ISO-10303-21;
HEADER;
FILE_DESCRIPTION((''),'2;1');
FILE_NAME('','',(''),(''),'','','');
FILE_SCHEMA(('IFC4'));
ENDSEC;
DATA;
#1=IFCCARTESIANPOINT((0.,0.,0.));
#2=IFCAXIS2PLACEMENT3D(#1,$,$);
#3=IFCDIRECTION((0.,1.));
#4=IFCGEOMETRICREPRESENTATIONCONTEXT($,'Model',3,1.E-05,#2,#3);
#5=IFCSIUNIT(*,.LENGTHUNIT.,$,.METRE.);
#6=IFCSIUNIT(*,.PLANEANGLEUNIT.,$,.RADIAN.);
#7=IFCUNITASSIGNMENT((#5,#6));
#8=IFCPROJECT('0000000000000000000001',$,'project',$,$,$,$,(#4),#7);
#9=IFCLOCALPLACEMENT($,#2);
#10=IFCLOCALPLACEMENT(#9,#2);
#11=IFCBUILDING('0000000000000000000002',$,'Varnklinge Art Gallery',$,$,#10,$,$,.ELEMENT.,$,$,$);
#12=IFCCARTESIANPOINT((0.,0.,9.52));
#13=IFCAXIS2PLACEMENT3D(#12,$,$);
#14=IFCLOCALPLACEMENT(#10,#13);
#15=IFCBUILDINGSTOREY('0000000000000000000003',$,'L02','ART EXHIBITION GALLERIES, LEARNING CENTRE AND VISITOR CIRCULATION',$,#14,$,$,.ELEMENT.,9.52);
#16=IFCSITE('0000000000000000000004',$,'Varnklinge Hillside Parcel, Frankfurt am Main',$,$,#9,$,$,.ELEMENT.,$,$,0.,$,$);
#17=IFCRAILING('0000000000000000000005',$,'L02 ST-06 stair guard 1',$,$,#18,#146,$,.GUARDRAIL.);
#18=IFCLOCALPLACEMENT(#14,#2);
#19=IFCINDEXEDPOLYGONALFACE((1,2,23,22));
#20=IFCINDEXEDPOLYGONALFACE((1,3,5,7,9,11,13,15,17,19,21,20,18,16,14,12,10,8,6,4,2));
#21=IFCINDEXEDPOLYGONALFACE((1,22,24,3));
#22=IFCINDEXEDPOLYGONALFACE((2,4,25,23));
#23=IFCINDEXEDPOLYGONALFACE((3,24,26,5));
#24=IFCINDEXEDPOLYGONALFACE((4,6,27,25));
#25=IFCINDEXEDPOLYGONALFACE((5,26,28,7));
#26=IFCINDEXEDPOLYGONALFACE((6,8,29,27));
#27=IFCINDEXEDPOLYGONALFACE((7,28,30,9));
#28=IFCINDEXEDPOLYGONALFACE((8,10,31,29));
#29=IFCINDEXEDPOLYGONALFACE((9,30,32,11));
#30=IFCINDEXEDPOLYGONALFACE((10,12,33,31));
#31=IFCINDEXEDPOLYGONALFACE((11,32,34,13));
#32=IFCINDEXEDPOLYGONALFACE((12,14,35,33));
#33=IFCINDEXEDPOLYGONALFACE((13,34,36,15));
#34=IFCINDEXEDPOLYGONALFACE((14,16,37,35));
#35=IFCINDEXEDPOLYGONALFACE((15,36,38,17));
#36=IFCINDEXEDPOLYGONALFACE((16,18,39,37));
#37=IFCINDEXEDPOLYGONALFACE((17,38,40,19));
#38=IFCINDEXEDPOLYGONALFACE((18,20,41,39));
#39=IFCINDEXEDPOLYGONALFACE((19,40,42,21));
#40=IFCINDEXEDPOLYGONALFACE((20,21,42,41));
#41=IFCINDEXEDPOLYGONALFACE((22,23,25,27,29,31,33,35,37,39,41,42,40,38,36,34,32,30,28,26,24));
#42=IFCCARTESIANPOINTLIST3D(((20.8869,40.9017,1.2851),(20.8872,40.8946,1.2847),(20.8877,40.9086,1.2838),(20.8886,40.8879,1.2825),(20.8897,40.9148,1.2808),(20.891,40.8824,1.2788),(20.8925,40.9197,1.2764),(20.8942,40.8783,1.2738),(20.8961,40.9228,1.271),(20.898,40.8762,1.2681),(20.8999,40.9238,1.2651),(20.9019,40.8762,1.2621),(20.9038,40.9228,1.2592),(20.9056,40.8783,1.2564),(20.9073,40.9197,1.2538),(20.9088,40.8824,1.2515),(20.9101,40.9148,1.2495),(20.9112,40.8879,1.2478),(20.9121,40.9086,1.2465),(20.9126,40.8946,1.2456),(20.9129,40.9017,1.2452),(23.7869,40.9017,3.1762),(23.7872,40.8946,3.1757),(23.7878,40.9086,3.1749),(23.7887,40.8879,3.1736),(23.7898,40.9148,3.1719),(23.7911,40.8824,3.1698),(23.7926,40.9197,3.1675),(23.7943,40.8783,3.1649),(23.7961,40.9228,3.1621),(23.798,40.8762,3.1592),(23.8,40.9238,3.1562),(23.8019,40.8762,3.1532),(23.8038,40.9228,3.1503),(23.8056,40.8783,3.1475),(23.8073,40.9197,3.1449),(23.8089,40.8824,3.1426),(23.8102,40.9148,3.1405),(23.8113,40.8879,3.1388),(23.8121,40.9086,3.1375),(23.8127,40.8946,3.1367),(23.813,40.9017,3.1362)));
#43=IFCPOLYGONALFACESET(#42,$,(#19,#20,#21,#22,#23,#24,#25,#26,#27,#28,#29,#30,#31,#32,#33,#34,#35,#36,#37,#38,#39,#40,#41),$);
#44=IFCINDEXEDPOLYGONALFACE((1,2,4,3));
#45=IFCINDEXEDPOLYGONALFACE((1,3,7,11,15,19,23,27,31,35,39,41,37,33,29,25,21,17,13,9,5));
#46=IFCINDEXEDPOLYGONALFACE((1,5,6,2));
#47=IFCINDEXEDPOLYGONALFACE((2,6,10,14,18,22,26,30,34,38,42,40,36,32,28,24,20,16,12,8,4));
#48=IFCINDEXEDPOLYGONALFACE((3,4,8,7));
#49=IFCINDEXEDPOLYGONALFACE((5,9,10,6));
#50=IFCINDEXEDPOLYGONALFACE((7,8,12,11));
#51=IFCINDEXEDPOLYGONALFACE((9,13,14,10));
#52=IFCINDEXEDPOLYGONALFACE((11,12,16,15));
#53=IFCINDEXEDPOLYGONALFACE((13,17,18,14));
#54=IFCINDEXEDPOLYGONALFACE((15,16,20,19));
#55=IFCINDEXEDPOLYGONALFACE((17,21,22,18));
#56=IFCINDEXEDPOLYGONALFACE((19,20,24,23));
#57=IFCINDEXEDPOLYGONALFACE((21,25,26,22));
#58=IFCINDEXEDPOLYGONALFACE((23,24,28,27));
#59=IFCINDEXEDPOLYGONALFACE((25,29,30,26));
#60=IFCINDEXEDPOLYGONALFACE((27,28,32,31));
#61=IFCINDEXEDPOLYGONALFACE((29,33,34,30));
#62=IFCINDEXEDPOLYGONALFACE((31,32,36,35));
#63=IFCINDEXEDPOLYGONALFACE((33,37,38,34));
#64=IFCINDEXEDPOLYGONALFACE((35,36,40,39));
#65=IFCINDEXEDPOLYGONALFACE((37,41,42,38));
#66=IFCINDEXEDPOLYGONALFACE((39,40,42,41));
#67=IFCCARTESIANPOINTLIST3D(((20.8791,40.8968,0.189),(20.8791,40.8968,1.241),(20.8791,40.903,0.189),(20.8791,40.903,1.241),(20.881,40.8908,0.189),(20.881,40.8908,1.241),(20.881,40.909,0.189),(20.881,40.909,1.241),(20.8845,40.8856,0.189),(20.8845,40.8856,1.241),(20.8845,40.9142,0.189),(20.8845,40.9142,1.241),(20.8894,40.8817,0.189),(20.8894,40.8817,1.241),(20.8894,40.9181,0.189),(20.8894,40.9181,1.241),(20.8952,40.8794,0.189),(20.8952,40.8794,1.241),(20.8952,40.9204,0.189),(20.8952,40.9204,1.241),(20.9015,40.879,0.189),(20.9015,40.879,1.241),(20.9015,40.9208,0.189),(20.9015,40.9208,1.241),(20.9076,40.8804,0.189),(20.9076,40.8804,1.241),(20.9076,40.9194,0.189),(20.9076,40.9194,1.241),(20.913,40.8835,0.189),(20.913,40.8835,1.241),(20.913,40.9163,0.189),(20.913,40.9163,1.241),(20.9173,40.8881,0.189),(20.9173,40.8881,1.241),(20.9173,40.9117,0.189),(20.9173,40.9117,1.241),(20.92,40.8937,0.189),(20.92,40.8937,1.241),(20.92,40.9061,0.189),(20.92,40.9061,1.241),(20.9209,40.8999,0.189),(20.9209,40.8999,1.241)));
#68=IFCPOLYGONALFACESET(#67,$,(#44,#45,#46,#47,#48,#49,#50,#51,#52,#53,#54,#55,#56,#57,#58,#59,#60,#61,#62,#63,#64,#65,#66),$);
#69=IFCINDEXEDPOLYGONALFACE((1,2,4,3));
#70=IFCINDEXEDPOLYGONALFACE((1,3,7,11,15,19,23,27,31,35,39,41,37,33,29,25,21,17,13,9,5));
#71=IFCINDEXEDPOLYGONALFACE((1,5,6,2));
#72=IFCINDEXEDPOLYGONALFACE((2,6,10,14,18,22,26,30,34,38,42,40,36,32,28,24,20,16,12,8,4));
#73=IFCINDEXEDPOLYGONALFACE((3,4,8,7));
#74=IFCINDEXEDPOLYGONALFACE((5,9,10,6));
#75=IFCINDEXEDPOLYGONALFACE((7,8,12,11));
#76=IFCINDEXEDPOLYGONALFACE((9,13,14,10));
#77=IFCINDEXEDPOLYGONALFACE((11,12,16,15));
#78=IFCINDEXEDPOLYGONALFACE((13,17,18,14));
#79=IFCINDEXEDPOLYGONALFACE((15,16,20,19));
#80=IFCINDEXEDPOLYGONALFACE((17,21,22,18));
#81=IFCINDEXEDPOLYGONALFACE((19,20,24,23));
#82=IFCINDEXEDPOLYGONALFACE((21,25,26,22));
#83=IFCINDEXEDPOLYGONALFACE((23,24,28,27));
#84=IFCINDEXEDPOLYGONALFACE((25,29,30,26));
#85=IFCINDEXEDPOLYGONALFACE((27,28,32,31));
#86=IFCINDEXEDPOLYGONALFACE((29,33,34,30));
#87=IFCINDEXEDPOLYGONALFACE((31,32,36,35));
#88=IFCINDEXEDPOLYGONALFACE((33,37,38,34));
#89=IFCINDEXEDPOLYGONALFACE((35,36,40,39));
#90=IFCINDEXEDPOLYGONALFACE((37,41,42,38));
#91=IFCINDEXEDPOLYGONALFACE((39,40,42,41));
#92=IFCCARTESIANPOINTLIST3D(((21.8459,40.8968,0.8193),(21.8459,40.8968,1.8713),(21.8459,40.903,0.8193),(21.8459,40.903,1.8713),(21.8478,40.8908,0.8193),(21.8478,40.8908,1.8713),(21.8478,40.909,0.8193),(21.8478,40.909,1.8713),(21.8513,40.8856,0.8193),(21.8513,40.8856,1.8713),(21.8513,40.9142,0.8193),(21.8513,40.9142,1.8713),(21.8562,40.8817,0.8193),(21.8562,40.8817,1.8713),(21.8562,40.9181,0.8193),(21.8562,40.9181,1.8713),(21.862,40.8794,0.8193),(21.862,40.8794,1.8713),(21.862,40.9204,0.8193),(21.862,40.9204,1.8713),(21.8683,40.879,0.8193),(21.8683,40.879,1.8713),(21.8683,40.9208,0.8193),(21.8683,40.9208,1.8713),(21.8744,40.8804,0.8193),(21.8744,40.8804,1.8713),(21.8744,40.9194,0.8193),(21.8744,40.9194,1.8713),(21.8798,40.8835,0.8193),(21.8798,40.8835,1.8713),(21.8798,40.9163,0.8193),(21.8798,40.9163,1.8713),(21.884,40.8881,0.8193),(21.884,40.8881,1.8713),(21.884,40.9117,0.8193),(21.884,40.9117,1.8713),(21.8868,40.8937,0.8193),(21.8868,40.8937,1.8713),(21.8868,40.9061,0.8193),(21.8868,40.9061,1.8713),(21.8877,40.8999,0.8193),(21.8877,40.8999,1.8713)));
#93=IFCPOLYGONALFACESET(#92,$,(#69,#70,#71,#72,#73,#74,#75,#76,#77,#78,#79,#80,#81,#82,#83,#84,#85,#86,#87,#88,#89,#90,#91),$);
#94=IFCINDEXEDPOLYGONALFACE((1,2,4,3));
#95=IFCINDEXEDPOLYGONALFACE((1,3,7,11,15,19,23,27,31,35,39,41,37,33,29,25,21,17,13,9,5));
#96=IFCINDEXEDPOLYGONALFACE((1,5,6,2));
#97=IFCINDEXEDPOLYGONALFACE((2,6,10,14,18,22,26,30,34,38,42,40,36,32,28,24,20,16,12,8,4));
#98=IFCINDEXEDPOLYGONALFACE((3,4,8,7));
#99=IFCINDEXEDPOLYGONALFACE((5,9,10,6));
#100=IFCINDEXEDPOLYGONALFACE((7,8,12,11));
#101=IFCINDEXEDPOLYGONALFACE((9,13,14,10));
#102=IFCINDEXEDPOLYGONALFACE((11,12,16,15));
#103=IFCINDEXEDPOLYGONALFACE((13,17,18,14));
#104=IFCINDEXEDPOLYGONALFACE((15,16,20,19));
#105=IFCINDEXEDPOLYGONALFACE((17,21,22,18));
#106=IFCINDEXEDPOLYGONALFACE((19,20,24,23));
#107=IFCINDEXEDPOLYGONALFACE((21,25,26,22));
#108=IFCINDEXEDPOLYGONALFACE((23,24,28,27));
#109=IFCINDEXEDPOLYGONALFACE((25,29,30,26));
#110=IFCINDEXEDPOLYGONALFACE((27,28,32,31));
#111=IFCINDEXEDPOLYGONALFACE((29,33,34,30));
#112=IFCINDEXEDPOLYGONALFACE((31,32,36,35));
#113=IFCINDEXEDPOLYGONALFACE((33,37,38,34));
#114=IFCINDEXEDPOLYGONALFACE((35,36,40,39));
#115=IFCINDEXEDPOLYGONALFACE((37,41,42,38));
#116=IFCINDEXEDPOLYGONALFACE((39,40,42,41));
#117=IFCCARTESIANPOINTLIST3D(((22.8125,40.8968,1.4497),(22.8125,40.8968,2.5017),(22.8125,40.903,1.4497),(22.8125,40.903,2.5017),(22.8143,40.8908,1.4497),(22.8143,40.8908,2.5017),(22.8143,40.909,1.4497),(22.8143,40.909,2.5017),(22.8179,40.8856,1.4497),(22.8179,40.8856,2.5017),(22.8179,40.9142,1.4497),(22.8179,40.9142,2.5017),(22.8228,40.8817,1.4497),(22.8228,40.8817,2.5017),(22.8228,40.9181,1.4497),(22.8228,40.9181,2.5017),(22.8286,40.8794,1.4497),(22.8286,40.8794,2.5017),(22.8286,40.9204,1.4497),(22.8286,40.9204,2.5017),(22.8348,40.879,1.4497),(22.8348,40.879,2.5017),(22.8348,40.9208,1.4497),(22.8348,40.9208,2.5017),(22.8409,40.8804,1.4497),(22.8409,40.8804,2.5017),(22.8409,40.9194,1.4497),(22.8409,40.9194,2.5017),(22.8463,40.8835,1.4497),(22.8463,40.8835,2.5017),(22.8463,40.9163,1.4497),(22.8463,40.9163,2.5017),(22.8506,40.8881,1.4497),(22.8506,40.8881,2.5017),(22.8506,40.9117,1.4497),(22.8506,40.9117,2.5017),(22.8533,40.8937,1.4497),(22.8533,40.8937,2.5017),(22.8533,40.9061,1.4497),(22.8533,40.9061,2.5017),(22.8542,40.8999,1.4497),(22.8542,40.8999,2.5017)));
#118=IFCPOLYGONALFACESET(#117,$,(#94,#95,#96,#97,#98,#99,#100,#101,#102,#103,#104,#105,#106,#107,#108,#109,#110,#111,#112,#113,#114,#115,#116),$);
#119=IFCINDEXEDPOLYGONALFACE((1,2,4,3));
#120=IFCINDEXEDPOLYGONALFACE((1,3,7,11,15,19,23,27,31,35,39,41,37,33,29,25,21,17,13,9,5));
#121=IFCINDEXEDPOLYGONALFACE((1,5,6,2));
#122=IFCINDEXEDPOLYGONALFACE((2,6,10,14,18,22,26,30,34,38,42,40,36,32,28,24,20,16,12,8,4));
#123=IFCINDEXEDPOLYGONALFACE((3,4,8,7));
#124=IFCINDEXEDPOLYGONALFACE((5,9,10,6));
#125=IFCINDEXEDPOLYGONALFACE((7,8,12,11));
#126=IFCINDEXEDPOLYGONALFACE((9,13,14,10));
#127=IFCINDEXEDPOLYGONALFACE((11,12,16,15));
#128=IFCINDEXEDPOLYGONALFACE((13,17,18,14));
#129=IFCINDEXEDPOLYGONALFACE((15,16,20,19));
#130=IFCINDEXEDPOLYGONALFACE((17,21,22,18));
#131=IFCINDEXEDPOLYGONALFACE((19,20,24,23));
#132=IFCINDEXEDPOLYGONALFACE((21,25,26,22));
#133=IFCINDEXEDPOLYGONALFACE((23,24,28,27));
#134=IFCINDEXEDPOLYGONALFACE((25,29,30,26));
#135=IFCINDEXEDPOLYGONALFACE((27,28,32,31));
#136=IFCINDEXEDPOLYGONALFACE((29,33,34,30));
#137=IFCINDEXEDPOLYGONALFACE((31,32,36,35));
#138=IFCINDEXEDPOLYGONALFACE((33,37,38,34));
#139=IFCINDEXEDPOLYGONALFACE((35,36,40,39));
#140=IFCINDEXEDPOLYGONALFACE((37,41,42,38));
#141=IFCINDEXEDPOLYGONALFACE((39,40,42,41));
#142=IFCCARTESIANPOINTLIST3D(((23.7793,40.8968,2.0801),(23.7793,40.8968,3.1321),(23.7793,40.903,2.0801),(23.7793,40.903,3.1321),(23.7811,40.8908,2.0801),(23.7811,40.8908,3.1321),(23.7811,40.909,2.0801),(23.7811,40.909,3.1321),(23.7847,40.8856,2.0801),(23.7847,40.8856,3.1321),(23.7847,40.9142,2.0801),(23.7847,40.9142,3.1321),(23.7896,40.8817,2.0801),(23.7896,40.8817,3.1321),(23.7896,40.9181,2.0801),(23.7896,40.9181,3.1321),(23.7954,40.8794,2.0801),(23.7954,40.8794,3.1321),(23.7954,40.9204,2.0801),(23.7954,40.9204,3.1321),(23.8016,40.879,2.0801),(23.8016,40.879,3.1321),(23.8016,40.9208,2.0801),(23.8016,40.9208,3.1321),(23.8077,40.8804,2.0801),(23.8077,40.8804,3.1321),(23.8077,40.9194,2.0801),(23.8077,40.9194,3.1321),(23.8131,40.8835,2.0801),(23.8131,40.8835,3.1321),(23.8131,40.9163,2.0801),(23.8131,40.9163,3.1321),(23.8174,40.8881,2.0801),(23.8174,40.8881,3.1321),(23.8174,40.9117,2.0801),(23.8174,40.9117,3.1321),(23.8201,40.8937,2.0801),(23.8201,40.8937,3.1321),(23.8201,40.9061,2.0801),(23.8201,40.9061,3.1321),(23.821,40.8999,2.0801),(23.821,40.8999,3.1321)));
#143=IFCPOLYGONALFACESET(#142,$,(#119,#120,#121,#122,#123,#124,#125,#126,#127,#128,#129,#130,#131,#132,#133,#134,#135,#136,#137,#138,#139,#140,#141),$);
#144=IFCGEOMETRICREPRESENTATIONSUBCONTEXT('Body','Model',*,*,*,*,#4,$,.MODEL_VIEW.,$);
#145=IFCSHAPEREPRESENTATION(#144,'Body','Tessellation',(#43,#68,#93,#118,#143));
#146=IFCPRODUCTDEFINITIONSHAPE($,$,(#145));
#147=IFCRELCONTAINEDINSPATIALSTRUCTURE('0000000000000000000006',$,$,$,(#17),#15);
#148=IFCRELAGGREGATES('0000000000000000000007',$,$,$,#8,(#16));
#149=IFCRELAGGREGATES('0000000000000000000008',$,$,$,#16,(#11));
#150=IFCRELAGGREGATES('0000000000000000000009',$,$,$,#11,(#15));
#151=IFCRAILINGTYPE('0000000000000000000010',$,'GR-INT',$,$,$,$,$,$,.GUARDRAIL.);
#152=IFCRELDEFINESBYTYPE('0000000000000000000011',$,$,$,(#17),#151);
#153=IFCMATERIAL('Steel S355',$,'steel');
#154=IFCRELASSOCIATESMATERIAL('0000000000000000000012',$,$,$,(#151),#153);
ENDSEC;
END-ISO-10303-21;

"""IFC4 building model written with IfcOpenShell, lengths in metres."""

from ifc_helpers import new_model, si_unit, direction, frame, origin, origin_2d, place, context, subcontext, project, spatial, circle, extrude, material, type_object, element, save


model = new_model("IFC4")

# Units and contexts
model_context = context("Model", 3, precision=1e-05, world=origin(), true_north=direction((0.0, 1.0)))
body_context = subcontext(model_context, "Body", "Model", "MODEL_VIEW")
ifc_project = project(units=[si_unit("LENGTHUNIT", "METRE"), si_unit("PLANEANGLEUNIT", "RADIAN")], contexts=[model_context])

# Site, building, storey
site_placement = place(None, origin())
site = spatial("IfcSite", under=ifc_project, at=site_placement, Name="Varnklinge Hillside Parcel, Frankfurt am Main", CompositionType="ELEMENT", RefElevation=0.0)
building_placement = place(site_placement, origin())
building = spatial("IfcBuilding", under=site, at=building_placement, Name="Varnklinge Art Gallery", CompositionType="ELEMENT")
storey_placement = place(building_placement, frame((0.0, 0.0, 9.52)))
storey = spatial("IfcBuildingStorey", under=building, at=storey_placement, Name="L02", Description="ART EXHIBITION GALLERIES, LEARNING CENTRE AND VISITOR CIRCULATION", CompositionType="ELEMENT", Elevation=9.52)

# Railing
ifc_material_1 = material(Name="Steel S355", Category="steel")
railing_type_1 = type_object("IfcRailingType", Name="GR-INT", PredefinedType="GUARDRAIL", material=ifc_material_1)
railing_1_placement = place(storey_placement, frame((20.8999, 40.8999, 0.189)))
element("IfcRailing", 1, at=railing_1_placement, inside=storey, type_object=railing_type_1, Name="L02 ST-06 stair guard 1", PredefinedType="GUARDRAIL", context=body_context, shape_type="SweptSolid", body=[
    extrude(circle(Radius=0.0239, at=origin_2d()), frame((0.0, 0.0, 1.0762), z_axis=(0.837648, 0.0, 0.54621), x_axis=(0.0, 1.0, 0.0)), (0.0, 0.0, 1.0), 3.4622),
    extrude(circle(Radius=0.021, at=origin_2d()), origin(), (0.0, 0.0, 1.0), 1.052),
    extrude(circle(Radius=0.021, at=origin_2d()), frame((0.9668, 0.0, 0.6304)), (0.0, 0.0, 1.0), 1.052),
    extrude(circle(Radius=0.021, at=origin_2d()), frame((1.9333, 0.0, 1.2607)), (0.0, 0.0, 1.0), 1.052),
    extrude(circle(Radius=0.021, at=origin_2d()), frame((2.9001, 0.0, 1.8911)), (0.0, 0.0, 1.0), 1.052),
])

save(model, "model.ifc")
